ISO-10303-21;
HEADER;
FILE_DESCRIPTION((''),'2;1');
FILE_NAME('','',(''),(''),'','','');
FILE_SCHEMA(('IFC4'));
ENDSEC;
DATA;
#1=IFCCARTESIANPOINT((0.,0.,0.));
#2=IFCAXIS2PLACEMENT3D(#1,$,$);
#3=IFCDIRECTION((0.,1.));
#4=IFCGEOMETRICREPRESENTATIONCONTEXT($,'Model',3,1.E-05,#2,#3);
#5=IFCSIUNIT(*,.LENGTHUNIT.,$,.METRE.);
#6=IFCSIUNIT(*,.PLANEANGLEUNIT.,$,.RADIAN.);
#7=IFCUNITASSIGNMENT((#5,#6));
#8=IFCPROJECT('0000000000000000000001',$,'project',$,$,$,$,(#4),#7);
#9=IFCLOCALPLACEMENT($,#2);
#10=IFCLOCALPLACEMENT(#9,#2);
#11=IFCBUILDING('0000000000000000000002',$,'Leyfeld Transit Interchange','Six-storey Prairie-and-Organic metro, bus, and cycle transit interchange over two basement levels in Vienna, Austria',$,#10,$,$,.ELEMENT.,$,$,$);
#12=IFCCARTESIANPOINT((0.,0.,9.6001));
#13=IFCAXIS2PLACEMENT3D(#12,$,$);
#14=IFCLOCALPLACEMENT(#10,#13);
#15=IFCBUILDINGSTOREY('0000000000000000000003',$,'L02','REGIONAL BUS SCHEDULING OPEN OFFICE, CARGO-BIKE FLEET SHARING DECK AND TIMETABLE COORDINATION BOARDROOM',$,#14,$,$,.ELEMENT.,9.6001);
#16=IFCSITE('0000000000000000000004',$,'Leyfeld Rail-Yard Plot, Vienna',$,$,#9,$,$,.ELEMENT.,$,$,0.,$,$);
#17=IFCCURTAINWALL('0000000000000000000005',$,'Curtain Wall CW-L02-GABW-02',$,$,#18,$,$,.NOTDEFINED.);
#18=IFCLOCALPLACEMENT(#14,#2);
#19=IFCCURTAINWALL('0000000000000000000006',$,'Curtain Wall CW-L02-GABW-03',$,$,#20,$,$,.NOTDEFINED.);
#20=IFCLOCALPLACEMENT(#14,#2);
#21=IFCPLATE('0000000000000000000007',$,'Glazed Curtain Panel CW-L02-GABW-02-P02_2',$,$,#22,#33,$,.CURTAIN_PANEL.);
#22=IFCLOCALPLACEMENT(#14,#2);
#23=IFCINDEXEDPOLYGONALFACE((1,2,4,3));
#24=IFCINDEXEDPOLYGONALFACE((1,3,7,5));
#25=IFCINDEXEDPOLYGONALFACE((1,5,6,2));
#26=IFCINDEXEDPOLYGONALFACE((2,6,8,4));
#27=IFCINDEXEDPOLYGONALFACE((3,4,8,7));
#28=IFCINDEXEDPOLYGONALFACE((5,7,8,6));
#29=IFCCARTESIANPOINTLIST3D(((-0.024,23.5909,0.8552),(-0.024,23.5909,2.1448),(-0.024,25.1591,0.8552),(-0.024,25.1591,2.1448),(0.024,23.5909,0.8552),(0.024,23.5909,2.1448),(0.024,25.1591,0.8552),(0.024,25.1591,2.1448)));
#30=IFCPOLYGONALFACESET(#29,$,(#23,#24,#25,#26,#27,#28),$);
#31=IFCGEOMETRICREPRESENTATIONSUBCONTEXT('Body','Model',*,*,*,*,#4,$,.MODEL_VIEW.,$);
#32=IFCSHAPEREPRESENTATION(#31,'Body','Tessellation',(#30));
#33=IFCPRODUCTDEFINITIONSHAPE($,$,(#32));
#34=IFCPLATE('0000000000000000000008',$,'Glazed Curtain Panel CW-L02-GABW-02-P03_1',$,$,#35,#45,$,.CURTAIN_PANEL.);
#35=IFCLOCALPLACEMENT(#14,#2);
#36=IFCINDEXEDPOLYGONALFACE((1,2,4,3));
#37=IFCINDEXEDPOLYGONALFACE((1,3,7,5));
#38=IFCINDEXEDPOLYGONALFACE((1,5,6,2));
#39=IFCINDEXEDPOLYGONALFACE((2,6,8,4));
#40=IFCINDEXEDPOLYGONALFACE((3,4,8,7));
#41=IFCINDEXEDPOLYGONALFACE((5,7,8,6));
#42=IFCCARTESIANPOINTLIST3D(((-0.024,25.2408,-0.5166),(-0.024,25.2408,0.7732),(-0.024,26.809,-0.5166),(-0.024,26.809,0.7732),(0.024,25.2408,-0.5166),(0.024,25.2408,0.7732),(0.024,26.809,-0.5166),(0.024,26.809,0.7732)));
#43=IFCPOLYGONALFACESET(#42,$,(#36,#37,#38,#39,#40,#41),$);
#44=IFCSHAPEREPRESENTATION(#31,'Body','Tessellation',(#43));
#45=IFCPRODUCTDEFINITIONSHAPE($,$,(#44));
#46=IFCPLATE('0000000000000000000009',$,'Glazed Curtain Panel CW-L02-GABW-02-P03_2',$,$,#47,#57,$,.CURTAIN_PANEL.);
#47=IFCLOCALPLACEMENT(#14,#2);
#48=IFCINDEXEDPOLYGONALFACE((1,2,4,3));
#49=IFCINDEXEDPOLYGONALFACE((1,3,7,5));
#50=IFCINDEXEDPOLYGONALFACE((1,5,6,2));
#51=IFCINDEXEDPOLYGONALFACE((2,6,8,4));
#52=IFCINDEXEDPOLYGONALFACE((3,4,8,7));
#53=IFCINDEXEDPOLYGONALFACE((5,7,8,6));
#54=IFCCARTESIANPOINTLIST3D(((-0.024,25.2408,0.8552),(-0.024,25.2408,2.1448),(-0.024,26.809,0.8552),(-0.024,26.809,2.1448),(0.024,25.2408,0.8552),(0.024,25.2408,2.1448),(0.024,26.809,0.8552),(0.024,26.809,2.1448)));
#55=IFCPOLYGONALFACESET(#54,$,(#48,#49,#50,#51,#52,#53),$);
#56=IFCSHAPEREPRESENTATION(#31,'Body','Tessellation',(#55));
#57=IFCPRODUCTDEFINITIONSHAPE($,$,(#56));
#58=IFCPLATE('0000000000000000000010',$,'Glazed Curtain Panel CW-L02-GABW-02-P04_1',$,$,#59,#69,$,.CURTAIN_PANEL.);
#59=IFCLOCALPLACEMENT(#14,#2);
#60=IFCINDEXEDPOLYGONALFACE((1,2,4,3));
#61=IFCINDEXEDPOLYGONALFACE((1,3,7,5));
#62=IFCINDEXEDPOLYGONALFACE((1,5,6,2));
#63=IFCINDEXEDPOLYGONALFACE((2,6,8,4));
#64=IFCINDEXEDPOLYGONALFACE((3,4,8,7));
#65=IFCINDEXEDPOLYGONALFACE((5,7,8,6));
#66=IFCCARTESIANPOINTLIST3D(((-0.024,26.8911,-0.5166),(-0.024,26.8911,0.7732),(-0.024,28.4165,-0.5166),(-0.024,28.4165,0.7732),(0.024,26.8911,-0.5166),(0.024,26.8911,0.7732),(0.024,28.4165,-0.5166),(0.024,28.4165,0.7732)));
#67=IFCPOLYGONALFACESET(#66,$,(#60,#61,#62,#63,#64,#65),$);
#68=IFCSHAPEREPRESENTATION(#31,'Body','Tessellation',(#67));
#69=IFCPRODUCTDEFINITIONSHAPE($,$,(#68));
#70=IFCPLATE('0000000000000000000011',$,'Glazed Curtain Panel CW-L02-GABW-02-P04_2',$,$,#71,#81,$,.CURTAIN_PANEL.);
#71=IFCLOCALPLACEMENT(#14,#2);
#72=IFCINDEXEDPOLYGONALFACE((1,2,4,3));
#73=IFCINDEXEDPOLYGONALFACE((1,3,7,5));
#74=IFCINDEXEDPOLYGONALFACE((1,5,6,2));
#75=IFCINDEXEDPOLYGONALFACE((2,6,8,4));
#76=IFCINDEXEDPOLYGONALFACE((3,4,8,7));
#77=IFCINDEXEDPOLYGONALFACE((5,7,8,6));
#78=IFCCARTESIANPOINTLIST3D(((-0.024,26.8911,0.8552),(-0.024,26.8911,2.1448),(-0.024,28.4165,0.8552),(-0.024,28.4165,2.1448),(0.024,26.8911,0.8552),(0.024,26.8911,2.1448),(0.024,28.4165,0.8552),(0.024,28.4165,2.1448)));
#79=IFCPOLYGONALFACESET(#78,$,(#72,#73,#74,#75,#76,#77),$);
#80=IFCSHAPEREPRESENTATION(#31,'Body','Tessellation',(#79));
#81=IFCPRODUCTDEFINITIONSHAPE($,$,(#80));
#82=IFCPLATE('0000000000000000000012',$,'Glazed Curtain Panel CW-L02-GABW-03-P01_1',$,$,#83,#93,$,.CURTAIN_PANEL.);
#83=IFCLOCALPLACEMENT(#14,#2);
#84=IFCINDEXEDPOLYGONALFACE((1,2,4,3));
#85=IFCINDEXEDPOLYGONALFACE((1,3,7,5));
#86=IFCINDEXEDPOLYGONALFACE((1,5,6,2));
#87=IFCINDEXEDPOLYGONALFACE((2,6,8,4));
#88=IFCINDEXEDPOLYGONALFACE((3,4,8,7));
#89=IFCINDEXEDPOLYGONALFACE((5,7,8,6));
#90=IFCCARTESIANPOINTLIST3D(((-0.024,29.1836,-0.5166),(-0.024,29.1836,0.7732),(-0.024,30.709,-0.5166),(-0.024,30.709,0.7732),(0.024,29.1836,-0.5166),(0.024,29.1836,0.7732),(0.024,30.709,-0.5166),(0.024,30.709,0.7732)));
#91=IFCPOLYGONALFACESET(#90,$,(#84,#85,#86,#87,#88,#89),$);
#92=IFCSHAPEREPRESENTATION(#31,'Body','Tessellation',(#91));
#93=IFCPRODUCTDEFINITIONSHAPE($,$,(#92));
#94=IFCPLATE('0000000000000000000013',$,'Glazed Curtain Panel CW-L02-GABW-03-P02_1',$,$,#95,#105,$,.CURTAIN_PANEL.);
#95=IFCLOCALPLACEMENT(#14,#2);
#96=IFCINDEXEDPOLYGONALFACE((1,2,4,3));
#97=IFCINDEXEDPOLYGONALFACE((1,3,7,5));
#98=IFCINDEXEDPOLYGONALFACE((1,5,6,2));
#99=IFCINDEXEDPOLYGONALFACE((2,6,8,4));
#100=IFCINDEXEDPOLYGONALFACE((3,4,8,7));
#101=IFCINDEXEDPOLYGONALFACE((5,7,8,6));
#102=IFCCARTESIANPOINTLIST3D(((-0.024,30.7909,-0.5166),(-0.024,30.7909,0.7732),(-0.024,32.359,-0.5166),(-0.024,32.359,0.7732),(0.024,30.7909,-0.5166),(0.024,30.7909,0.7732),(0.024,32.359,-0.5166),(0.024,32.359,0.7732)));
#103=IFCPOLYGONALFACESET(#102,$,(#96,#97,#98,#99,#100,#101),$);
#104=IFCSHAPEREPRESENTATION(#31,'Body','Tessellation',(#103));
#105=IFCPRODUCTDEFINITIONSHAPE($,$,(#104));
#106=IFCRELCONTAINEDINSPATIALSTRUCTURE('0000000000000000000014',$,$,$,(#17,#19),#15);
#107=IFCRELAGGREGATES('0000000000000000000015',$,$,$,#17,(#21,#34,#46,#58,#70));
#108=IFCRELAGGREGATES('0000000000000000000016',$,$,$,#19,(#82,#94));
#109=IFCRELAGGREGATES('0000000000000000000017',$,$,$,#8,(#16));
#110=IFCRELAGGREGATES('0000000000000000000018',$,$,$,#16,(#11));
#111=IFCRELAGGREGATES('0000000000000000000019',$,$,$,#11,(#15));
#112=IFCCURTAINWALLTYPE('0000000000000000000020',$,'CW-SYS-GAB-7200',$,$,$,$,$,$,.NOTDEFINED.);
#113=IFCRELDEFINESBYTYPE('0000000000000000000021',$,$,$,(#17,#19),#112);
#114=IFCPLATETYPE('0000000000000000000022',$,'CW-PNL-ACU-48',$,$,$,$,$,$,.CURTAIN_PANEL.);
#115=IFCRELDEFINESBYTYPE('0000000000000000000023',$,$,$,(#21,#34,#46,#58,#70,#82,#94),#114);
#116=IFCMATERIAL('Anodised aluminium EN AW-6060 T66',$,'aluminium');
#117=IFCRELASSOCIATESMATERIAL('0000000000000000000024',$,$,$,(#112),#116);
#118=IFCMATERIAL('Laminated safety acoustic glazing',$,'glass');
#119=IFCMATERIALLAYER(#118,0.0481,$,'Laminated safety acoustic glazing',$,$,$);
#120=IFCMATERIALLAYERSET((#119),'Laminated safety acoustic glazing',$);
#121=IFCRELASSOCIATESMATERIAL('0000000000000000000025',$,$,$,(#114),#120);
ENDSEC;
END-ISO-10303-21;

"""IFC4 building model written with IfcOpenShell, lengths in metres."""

from ifc_helpers import new_model, si_unit, direction, frame, origin, origin_2d, place, context, subcontext, project, spatial, rectangle, extrude, material, layer, layer_set, type_object, element, aggregate, save


model = new_model("IFC4")

# Units and contexts
model_context = context("Model", 3, precision=1e-05, world=origin(), true_north=direction((0.0, 1.0)))
body_context = subcontext(model_context, "Body", "Model", "MODEL_VIEW")
ifc_project = project(units=[si_unit("LENGTHUNIT", "METRE"), si_unit("PLANEANGLEUNIT", "RADIAN")], contexts=[model_context])

# Site, building, storey
site_placement = place(None, origin())
site = spatial("IfcSite", under=ifc_project, at=site_placement, Name="Leyfeld Rail-Yard Plot, Vienna", CompositionType="ELEMENT", RefElevation=0.0)
building_placement = place(site_placement, origin())
building = spatial("IfcBuilding", under=site, at=building_placement, Name="Leyfeld Transit Interchange", Description="Six-storey Prairie-and-Organic metro, bus, and cycle transit interchange over two basement levels in Vienna, Austria", CompositionType="ELEMENT")
storey_placement = place(building_placement, frame((0.0, 0.0, 9.6001)))
storey = spatial("IfcBuildingStorey", under=building, at=storey_placement, Name="L02", Description="REGIONAL BUS SCHEDULING OPEN OFFICE, CARGO-BIKE FLEET SHARING DECK AND TIMETABLE COORDINATION BOARDROOM", CompositionType="ELEMENT", Elevation=9.6001)

# Shared definitions
ifc_material_1 = material(Name="Anodised aluminium EN AW-6060 T66", Category="aluminium")
curtain_wall_type = type_object("IfcCurtainWallType", Name="CW-SYS-GAB-7200", PredefinedType="NOTDEFINED", material=ifc_material_1)

# Curtain walls
curtain_wall_1_placement = place(storey_placement, origin())
curtain_wall_1 = element("IfcCurtainWall", 1, at=curtain_wall_1_placement, inside=storey, type_object=curtain_wall_type, Name="Curtain Wall CW-L02-GABW-02", PredefinedType="NOTDEFINED")
curtain_wall_2_placement = place(storey_placement, origin())
curtain_wall_2 = element("IfcCurtainWall", 2, at=curtain_wall_2_placement, inside=storey, type_object=curtain_wall_type, Name="Curtain Wall CW-L02-GABW-03", PredefinedType="NOTDEFINED")

# Plates
ifc_material_2 = material(Name="Laminated safety acoustic glazing", Category="glass")
ifc_layer = layer(ifc_material_2, 0.0481, Name="Laminated safety acoustic glazing")
ifc_layer_set = layer_set([ifc_layer], Name="Laminated safety acoustic glazing")
plate_type = type_object("IfcPlateType", Name="CW-PNL-ACU-48", PredefinedType="CURTAIN_PANEL", material=ifc_layer_set)
plate_1_placement = place(storey_placement, frame((0.0, 24.375, 0.8552), z_axis=(0.0, 0.0, 1.0), x_axis=(0.0, 1.0, 0.0)))
plate_1 = element("IfcPlate", 3, at=plate_1_placement, type_object=plate_type, Name="Glazed Curtain Panel CW-L02-GABW-02-P02_2", PredefinedType="CURTAIN_PANEL", context=body_context, shape_type="SweptSolid", body=[
    extrude(rectangle(XDim=1.5681, YDim=0.0481, at=origin_2d()), origin(), (0.0, 0.0, 1.0), 1.2896),
])
plate_2_placement = place(storey_placement, frame((0.0, 26.0249, -0.5166), z_axis=(0.0, 0.0, 1.0), x_axis=(0.0, 1.0, 0.0)))
plate_2 = element("IfcPlate", 4, at=plate_2_placement, type_object=plate_type, Name="Glazed Curtain Panel CW-L02-GABW-02-P03_1", PredefinedType="CURTAIN_PANEL", context=body_context, shape_type="SweptSolid", body=[
    extrude(rectangle(XDim=1.5681, YDim=0.0481, at=origin_2d()), origin(), (0.0, 0.0, 1.0), 1.2898),
])
plate_3_placement = place(storey_placement, frame((0.0, 26.0249, 0.8552), z_axis=(0.0, 0.0, 1.0), x_axis=(0.0, 1.0, 0.0)))
plate_3 = element("IfcPlate", 5, at=plate_3_placement, type_object=plate_type, Name="Glazed Curtain Panel CW-L02-GABW-02-P03_2", PredefinedType="CURTAIN_PANEL", context=body_context, shape_type="SweptSolid", body=[
    extrude(rectangle(XDim=1.5681, YDim=0.0481, at=origin_2d()), origin(), (0.0, 0.0, 1.0), 1.2896),
])
plate_4_placement = place(storey_placement, frame((0.0, 27.6538, -0.5166), z_axis=(0.0, 0.0, 1.0), x_axis=(0.0, 1.0, 0.0)))
plate_4 = element("IfcPlate", 6, at=plate_4_placement, type_object=plate_type, Name="Glazed Curtain Panel CW-L02-GABW-02-P04_1", PredefinedType="CURTAIN_PANEL", context=body_context, shape_type="SweptSolid", body=[
    extrude(rectangle(XDim=1.5254, YDim=0.0481, at=origin_2d()), origin(), (0.0, 0.0, 1.0), 1.2898),
])
plate_5_placement = place(storey_placement, frame((0.0, 27.6538, 0.8552), z_axis=(0.0, 0.0, 1.0), x_axis=(0.0, 1.0, 0.0)))
plate_5 = element("IfcPlate", 7, at=plate_5_placement, type_object=plate_type, Name="Glazed Curtain Panel CW-L02-GABW-02-P04_2", PredefinedType="CURTAIN_PANEL", context=body_context, shape_type="SweptSolid", body=[
    extrude(rectangle(XDim=1.5254, YDim=0.0481, at=origin_2d()), origin(), (0.0, 0.0, 1.0), 1.2896),
])
aggregate(curtain_wall_1, [plate_1, plate_2, plate_3, plate_4, plate_5])
plate_6_placement = place(storey_placement, frame((0.0, 29.9463, -0.5166), z_axis=(0.0, 0.0, 1.0), x_axis=(0.0, 1.0, 0.0)))
plate_6 = element("IfcPlate", 8, at=plate_6_placement, type_object=plate_type, Name="Glazed Curtain Panel CW-L02-GABW-03-P01_1", PredefinedType="CURTAIN_PANEL", context=body_context, shape_type="SweptSolid", body=[
    extrude(rectangle(XDim=1.5254, YDim=0.0481, at=origin_2d()), origin(), (0.0, 0.0, 1.0), 1.2898),
])
plate_7_placement = place(storey_placement, frame((0.0, 31.575, -0.5166), z_axis=(0.0, 0.0, 1.0), x_axis=(0.0, 1.0, 0.0)))
plate_7 = element("IfcPlate", 9, at=plate_7_placement, type_object=plate_type, Name="Glazed Curtain Panel CW-L02-GABW-03-P02_1", PredefinedType="CURTAIN_PANEL", context=body_context, shape_type="SweptSolid", body=[
    extrude(rectangle(XDim=1.5681, YDim=0.0481, at=origin_2d()), origin(), (0.0, 0.0, 1.0), 1.2898),
])
aggregate(curtain_wall_2, [plate_6, plate_7])

save(model, "model.ifc")
